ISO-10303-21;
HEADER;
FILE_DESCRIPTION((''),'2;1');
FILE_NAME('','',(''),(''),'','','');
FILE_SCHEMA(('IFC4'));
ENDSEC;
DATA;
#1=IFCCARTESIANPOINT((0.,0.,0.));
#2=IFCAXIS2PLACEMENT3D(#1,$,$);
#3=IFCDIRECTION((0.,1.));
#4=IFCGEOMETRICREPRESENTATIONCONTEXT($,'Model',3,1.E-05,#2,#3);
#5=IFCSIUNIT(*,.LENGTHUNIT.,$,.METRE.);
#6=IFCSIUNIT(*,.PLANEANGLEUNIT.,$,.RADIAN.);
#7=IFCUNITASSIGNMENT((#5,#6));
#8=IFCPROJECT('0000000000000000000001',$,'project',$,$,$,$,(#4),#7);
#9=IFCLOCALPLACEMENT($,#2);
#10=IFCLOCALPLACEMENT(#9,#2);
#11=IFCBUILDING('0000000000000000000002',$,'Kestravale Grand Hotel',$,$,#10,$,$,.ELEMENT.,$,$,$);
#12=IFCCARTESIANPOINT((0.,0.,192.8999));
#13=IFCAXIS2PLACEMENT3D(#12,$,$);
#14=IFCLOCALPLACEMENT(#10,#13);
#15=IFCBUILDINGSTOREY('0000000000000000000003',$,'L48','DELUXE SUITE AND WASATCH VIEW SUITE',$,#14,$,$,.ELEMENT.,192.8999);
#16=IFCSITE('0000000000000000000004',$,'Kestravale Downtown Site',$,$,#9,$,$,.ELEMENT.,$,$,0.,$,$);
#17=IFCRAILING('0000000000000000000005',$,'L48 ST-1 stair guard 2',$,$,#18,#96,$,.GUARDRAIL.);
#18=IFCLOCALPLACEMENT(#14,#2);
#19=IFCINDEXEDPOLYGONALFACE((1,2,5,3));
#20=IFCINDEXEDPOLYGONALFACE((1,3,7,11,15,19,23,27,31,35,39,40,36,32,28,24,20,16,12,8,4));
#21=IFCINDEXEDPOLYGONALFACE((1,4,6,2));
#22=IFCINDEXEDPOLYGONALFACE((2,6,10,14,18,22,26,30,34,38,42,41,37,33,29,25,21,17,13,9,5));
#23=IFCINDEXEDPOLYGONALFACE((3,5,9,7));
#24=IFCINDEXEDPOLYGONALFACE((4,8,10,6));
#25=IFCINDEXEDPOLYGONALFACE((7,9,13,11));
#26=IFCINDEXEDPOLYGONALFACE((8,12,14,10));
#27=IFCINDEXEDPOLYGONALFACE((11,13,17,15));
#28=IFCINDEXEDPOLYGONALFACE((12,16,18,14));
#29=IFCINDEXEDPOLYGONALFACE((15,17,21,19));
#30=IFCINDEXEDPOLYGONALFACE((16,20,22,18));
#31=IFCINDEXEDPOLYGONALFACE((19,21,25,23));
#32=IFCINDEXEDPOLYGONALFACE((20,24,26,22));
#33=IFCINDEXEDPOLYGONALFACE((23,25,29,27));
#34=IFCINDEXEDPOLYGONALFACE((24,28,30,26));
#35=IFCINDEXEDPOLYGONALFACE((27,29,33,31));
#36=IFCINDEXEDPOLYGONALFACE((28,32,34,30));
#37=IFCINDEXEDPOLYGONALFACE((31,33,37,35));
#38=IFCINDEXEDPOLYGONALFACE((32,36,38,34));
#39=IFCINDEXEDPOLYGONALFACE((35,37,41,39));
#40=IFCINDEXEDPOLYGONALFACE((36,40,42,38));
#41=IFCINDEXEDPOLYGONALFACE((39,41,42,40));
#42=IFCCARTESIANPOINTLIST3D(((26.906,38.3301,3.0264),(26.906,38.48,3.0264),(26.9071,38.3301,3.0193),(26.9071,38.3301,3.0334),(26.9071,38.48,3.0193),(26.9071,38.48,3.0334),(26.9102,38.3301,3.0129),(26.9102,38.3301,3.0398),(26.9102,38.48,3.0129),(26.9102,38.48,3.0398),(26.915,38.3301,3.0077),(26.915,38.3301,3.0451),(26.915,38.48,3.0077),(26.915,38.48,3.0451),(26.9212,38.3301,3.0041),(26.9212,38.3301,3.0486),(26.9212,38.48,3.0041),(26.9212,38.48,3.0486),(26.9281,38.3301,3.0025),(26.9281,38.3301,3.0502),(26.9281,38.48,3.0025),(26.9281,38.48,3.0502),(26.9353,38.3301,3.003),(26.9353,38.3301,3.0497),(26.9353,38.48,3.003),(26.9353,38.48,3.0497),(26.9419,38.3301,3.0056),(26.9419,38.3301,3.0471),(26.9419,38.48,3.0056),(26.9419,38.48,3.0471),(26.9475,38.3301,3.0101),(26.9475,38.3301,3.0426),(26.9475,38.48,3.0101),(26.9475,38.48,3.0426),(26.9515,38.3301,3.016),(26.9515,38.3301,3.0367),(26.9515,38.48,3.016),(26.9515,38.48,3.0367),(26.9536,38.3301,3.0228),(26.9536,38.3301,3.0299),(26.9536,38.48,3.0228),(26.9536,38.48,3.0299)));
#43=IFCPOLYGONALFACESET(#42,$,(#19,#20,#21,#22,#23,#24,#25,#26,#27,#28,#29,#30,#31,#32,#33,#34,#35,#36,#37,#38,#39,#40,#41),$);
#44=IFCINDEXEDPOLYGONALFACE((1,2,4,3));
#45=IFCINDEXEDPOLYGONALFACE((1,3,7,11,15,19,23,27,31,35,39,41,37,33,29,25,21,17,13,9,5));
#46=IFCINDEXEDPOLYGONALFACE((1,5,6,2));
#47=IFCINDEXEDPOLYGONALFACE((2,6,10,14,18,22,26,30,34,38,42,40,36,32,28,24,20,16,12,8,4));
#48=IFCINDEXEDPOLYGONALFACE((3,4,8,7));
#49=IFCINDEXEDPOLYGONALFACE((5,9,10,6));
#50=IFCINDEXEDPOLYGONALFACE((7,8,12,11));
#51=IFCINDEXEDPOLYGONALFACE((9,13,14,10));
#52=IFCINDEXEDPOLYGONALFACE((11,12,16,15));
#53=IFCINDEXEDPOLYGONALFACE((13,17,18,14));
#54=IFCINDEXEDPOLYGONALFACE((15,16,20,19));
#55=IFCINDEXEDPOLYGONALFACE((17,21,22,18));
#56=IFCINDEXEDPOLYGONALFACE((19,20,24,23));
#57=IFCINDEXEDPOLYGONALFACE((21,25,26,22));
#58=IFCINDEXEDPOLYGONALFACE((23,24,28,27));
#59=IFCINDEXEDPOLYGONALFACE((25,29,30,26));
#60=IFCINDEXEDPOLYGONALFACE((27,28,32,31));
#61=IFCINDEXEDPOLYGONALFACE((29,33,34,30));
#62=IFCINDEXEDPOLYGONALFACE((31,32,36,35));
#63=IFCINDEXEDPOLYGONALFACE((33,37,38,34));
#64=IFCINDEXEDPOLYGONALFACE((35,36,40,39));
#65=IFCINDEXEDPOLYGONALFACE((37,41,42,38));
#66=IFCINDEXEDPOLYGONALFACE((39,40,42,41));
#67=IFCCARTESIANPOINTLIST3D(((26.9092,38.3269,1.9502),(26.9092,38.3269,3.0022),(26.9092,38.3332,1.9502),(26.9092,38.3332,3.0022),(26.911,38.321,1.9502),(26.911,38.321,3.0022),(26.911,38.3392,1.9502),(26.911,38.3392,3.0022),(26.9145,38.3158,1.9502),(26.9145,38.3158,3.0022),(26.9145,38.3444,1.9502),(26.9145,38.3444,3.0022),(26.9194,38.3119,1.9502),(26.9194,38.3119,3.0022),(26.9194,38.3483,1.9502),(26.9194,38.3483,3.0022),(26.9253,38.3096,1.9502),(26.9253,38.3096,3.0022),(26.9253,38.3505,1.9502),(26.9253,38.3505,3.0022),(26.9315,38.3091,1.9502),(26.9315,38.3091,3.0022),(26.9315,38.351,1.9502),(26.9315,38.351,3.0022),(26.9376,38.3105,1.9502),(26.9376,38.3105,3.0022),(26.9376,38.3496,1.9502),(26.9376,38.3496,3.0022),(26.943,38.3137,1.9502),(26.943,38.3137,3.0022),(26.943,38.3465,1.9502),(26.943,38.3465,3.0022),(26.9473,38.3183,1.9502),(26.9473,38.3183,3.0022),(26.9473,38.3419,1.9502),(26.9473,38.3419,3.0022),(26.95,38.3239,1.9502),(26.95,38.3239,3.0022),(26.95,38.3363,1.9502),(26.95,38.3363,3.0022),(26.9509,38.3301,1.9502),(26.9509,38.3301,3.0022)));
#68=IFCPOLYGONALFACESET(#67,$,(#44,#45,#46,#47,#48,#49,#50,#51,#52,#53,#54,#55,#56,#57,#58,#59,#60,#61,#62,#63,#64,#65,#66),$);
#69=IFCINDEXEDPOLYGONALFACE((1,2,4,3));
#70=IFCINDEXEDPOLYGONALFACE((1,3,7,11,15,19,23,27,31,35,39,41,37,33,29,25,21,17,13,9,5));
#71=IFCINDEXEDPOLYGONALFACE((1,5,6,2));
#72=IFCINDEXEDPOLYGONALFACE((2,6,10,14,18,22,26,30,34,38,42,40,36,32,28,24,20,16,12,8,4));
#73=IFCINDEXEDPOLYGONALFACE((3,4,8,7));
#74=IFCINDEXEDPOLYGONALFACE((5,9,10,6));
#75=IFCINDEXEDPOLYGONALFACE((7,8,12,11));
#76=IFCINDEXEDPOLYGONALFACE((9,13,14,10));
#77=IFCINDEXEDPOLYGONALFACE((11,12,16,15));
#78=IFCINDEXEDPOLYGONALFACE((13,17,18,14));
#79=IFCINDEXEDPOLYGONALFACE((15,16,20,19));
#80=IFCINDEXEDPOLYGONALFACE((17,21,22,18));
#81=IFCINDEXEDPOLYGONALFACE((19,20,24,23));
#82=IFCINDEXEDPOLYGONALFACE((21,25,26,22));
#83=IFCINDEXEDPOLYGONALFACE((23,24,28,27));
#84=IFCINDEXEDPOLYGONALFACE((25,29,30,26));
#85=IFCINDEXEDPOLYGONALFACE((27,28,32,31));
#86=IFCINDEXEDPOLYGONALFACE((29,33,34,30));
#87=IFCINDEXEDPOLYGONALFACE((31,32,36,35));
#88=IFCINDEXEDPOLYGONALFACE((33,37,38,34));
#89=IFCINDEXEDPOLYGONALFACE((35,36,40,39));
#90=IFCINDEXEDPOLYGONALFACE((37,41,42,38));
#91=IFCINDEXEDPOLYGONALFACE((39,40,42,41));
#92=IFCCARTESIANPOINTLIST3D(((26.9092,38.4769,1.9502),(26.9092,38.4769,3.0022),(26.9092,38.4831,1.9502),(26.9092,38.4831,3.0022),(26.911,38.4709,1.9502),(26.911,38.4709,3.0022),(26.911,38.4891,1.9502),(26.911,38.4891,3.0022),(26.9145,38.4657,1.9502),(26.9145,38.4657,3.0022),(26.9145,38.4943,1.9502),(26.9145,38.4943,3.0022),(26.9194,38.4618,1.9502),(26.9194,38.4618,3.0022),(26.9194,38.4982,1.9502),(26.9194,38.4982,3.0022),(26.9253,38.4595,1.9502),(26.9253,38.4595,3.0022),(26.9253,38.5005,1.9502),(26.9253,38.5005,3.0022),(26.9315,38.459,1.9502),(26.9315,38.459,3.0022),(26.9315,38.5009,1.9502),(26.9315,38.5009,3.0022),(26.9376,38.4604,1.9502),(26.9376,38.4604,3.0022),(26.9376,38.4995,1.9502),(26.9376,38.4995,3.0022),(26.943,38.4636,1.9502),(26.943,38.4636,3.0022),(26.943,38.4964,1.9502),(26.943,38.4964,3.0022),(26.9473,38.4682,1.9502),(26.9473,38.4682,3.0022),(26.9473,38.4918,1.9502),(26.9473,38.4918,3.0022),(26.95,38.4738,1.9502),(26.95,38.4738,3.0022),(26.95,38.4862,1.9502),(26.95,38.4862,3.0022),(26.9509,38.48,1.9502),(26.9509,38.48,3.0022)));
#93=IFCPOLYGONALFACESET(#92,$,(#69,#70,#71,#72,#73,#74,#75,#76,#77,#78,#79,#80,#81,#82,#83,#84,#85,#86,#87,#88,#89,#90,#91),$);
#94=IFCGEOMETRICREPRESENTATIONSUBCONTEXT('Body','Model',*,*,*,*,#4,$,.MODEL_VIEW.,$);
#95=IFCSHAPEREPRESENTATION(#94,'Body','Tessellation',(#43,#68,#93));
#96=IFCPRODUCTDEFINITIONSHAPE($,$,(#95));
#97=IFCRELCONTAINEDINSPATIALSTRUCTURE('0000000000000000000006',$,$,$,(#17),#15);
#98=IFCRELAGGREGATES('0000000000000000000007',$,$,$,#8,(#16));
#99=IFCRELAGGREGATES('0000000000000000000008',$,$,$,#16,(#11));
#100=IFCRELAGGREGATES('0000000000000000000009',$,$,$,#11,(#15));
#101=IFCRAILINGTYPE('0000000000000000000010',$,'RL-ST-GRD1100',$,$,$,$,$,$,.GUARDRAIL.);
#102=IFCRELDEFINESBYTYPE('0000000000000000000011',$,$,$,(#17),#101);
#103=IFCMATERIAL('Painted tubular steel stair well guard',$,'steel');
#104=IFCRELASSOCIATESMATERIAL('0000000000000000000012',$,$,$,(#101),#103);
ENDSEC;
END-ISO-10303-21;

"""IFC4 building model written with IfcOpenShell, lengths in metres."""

from ifc_helpers import new_model, si_unit, direction, frame, origin, origin_2d, place, context, subcontext, project, spatial, circle, extrude, material, type_object, element, save


model = new_model("IFC4")

# Units and contexts
model_context = context("Model", 3, precision=1e-05, world=origin(), true_north=direction((0.0, 1.0)))
body_context = subcontext(model_context, "Body", "Model", "MODEL_VIEW")
ifc_project = project(units=[si_unit("LENGTHUNIT", "METRE"), si_unit("PLANEANGLEUNIT", "RADIAN")], contexts=[model_context])

# Site, building, storey
site_placement = place(None, origin())
site = spatial("IfcSite", under=ifc_project, at=site_placement, Name="Kestravale Downtown Site", CompositionType="ELEMENT", RefElevation=0.0)
building_placement = place(site_placement, origin())
building = spatial("IfcBuilding", under=site, at=building_placement, Name="Kestravale Grand Hotel", CompositionType="ELEMENT")
storey_placement = place(building_placement, frame((0.0, 0.0, 192.8999)))
storey = spatial("IfcBuildingStorey", under=building, at=storey_placement, Name="L48", Description="DELUXE SUITE AND WASATCH VIEW SUITE", CompositionType="ELEMENT", Elevation=192.8999)

# Railing
ifc_material_1 = material(Name="Painted tubular steel stair well guard", Category="steel")
railing_type_1 = type_object("IfcRailingType", Name="RL-ST-GRD1100", PredefinedType="GUARDRAIL", material=ifc_material_1)
railing_1_placement = place(storey_placement, frame((26.9299, 38.3301, 1.9502)))
element("IfcRailing", 1, at=railing_1_placement, inside=storey, type_object=railing_type_1, Name="L48 ST-1 stair guard 2", PredefinedType="GUARDRAIL", context=body_context, shape_type="SweptSolid", body=[
    extrude(circle(Radius=0.0239, at=origin_2d()), frame((0.0, 0.0, 1.0762), z_axis=(0.0, 1.0, 0.0), x_axis=(-1.0, 0.0, 0.0)), (0.0, 0.0, 1.0), 0.1499),
    extrude(circle(Radius=0.021, at=origin_2d()), origin(), (0.0, 0.0, 1.0), 1.052),
    extrude(circle(Radius=0.021, at=origin_2d()), frame((0.0, 0.1499, 0.0)), (0.0, 0.0, 1.0), 1.052),
])

save(model, "model.ifc")
